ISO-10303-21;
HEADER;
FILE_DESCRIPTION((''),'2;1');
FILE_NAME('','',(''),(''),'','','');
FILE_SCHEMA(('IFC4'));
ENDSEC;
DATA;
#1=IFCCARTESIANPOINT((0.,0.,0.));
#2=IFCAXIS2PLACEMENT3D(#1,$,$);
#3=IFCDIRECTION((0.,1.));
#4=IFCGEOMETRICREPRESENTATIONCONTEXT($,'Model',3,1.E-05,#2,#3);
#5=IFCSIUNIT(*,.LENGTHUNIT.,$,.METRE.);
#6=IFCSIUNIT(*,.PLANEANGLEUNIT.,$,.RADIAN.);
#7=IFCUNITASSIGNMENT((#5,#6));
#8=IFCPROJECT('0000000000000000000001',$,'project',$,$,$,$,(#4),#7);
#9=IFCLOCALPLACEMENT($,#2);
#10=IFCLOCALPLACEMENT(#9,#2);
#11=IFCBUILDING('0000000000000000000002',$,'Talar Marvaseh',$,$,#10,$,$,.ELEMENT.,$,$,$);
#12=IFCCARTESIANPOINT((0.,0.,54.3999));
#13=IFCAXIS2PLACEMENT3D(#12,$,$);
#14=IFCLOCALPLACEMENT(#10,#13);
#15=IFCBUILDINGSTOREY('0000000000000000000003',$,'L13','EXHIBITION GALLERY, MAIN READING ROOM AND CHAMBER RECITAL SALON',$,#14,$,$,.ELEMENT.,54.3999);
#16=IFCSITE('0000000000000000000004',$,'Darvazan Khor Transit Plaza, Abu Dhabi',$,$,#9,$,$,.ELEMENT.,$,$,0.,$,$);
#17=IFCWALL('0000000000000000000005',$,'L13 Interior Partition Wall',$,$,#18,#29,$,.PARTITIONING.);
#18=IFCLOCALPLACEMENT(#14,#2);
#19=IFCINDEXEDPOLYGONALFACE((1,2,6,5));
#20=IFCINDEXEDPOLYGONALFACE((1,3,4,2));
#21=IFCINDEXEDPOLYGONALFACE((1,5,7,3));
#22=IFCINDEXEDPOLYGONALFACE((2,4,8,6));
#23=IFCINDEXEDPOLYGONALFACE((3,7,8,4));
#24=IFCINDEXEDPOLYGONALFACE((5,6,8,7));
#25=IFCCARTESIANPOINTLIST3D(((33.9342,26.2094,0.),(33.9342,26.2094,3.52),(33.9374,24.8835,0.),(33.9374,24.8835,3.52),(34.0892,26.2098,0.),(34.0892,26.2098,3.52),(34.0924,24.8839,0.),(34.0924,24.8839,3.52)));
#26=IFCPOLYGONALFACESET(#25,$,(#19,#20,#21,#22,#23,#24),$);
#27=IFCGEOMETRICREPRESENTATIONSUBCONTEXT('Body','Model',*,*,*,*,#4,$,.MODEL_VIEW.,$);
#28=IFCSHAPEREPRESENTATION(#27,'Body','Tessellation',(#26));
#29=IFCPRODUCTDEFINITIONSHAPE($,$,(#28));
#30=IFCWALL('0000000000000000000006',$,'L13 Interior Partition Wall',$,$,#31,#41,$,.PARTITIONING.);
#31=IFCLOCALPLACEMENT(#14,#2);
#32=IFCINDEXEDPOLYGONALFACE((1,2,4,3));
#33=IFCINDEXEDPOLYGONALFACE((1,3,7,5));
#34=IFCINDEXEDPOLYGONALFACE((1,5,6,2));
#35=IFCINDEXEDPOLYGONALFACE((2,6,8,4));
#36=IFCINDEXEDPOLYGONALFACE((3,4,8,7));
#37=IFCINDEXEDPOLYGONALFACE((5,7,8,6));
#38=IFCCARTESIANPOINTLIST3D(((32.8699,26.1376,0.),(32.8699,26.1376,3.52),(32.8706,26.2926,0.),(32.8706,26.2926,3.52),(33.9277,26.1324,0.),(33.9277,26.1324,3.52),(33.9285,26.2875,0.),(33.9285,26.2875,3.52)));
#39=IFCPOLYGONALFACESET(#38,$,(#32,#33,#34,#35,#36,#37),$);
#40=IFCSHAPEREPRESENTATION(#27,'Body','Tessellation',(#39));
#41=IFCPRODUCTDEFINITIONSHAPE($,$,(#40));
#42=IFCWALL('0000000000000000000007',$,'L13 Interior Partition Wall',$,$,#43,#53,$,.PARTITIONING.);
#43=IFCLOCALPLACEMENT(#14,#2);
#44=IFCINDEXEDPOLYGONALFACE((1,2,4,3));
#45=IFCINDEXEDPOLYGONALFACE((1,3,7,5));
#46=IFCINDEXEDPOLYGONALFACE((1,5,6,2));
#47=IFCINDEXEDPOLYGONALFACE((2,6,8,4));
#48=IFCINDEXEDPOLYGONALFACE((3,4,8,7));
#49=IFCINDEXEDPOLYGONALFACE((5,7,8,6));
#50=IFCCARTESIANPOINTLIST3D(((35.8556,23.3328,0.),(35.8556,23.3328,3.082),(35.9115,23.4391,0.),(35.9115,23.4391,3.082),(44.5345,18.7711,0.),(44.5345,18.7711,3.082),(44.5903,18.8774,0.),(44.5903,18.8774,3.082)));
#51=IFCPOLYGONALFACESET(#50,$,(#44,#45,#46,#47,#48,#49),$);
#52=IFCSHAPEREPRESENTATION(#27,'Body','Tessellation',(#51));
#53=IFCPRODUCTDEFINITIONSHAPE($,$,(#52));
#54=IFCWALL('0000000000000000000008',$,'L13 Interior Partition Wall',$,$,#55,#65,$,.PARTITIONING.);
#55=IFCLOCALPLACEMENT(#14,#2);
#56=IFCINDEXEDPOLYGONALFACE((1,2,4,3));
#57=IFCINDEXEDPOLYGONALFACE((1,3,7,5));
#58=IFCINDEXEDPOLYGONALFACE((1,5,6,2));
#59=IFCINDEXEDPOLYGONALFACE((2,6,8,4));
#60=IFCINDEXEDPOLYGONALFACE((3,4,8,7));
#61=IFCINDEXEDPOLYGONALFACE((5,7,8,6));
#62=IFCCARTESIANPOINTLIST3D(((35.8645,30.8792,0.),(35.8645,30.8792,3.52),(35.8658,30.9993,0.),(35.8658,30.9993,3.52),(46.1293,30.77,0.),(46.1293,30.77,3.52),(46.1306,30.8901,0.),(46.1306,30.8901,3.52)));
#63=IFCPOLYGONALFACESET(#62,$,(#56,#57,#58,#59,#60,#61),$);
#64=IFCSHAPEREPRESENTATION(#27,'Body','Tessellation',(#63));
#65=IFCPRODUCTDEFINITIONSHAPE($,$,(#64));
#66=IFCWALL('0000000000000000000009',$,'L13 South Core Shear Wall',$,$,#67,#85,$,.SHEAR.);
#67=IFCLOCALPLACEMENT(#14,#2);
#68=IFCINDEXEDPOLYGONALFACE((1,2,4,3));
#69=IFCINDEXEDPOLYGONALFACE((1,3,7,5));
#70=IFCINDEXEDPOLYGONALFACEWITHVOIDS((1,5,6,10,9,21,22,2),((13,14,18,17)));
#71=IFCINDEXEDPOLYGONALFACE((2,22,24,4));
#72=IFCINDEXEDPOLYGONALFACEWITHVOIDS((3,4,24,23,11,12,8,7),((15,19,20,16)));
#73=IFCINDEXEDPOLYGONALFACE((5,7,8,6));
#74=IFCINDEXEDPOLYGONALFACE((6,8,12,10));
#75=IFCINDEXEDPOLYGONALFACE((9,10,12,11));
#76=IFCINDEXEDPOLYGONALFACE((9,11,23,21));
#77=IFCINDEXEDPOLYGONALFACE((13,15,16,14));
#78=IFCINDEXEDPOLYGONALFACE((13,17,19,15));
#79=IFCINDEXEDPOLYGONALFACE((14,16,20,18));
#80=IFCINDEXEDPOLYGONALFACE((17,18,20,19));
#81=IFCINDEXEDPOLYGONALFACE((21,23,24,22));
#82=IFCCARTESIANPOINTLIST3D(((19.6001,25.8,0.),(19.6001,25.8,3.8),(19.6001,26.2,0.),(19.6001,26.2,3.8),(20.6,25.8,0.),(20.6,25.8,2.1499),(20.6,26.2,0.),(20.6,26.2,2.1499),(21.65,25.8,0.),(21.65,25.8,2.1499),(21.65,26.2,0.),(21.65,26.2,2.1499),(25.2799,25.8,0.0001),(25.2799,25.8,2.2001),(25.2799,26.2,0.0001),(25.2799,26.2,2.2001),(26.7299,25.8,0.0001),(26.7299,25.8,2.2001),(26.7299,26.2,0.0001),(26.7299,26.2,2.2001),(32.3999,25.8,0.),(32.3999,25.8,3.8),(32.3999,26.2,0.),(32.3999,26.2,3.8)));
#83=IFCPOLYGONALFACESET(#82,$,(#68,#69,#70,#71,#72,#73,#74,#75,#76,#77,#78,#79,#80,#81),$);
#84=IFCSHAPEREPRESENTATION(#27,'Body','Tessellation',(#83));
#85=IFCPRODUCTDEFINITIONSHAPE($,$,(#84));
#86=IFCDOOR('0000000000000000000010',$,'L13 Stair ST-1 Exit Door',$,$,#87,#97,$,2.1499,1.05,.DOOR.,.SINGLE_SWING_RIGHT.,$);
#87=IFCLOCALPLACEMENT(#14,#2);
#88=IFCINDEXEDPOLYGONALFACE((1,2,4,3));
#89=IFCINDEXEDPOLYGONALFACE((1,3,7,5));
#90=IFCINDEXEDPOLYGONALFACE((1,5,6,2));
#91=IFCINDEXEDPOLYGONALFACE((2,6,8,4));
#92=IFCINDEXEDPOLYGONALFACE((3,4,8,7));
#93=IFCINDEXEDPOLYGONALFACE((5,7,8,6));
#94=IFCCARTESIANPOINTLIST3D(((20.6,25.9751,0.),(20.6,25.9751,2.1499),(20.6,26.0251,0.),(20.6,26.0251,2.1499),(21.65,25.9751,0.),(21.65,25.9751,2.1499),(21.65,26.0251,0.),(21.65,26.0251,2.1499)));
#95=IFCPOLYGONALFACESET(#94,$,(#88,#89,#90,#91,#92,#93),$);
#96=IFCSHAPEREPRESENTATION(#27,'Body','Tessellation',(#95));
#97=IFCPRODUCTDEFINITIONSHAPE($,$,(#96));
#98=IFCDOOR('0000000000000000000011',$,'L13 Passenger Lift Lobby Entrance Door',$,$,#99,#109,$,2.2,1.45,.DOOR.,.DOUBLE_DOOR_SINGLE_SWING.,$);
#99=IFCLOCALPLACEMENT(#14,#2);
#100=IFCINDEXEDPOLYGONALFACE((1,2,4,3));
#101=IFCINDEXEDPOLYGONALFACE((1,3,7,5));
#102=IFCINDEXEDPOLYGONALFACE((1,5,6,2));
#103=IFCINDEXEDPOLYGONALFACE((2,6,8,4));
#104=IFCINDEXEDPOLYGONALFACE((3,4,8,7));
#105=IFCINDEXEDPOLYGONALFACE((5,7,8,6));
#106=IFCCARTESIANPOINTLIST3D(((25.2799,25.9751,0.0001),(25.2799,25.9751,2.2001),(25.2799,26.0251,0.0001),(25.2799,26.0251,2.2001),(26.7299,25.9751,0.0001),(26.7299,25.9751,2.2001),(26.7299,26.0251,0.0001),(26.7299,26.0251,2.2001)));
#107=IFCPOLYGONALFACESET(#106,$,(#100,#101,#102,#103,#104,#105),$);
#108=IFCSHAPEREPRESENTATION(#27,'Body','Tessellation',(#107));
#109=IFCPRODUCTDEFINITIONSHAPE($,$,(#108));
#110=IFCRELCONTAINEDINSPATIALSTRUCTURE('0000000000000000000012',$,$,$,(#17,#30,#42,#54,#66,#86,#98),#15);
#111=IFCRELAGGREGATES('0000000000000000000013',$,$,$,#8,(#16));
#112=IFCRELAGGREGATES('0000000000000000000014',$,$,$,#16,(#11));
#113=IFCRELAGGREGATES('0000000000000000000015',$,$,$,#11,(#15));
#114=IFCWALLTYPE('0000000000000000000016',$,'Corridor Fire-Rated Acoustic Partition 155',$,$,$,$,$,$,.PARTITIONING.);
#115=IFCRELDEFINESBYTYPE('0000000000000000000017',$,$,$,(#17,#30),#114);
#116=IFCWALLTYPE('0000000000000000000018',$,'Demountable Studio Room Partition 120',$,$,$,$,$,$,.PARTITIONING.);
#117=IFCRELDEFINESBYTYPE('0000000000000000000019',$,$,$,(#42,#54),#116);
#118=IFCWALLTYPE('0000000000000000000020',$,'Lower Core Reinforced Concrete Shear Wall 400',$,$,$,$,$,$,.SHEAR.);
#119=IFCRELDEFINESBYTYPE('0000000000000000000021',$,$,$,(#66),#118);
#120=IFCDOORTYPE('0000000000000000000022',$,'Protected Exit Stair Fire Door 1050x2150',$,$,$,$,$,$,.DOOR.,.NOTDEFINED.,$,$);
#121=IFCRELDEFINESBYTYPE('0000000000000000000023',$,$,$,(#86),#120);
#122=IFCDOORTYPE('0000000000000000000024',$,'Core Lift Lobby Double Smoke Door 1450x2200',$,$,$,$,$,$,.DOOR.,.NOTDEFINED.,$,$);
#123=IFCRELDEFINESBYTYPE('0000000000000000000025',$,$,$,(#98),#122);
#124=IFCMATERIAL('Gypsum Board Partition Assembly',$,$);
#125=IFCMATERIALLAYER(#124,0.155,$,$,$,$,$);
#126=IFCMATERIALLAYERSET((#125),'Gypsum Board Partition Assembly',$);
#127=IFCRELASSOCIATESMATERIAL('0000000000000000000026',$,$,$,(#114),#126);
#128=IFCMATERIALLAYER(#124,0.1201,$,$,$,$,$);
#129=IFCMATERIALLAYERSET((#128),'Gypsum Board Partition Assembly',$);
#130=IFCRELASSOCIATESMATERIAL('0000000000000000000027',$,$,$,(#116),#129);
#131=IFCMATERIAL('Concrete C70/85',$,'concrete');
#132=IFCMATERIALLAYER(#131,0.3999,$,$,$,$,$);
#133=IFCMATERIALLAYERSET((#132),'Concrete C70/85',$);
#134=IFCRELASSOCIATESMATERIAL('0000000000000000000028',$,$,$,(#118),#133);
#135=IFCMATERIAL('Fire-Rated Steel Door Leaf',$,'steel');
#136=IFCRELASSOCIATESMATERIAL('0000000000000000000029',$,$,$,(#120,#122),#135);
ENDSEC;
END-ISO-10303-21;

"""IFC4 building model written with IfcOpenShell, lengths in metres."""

from ifc_helpers import new_model, si_unit, direction, frame, frame_2d, origin, place, context, subcontext, project, spatial, rectangle, extrude, source, transform, mapped, material, layer, layer_set, type_object, type_shapes, element, fill, save


model = new_model("IFC4")

# Units and contexts
model_context = context("Model", 3, precision=1e-05, world=origin(), true_north=direction((0.0, 1.0)))
body_context = subcontext(model_context, "Body", "Model", "MODEL_VIEW")
ifc_project = project(units=[si_unit("LENGTHUNIT", "METRE"), si_unit("PLANEANGLEUNIT", "RADIAN")], contexts=[model_context])

# Site, building, storey
site_placement = place(None, origin())
site = spatial("IfcSite", under=ifc_project, at=site_placement, Name="Darvazan Khor Transit Plaza, Abu Dhabi", CompositionType="ELEMENT", RefElevation=0.0)
building_placement = place(site_placement, origin())
building = spatial("IfcBuilding", under=site, at=building_placement, Name="Talar Marvaseh", CompositionType="ELEMENT")
storey_placement = place(building_placement, frame((0.0, 0.0, 54.3999)))
storey = spatial("IfcBuildingStorey", under=building, at=storey_placement, Name="L13", Description="EXHIBITION GALLERY, MAIN READING ROOM AND CHAMBER RECITAL SALON", CompositionType="ELEMENT", Elevation=54.3999)

# Shared definitions
ifc_material_1 = material(Name="Concrete C70/85", Category="concrete")

# Shared definitions
ifc_material_2 = material(Name="Gypsum Board Partition Assembly")
ifc_layer_1 = layer(ifc_material_2, 0.155)
ifc_layer_set_1 = layer_set([ifc_layer_1], Name="Gypsum Board Partition Assembly")
wall_type_1 = type_object("IfcWallType", Name="Corridor Fire-Rated Acoustic Partition 155", PredefinedType="PARTITIONING", material=ifc_layer_set_1)

# Walls
wall_1_placement = place(storey_placement, frame((34.0149, 24.8835, 0.0), z_axis=(0.0, 0.0, 1.0), x_axis=(-0.002394, 0.999997, 0.0)))
element("IfcWall", 1, at=wall_1_placement, inside=storey, type_object=wall_type_1, Name="L13 Interior Partition Wall", PredefinedType="PARTITIONING", context=body_context, shape_type="SweptSolid", body=[
    extrude(rectangle(XDim=1.3259, YDim=0.155, at=frame_2d((0.6631, 0.0))), origin(), (0.0, 0.0, 1.0), 3.52),
])
wall_2_placement = place(storey_placement, frame((33.928, 26.21, 0.0), z_axis=(0.0, 0.0, 1.0), x_axis=(-0.999988, 0.004846, 0.0)))
element("IfcWall", 2, at=wall_2_placement, inside=storey, type_object=wall_type_1, Name="L13 Interior Partition Wall", PredefinedType="PARTITIONING", context=body_context, shape_type="SweptSolid", body=[
    extrude(rectangle(XDim=1.0579, YDim=0.155, at=frame_2d((0.5288, 0.0))), origin(), (0.0, 0.0, 1.0), 3.52),
])
ifc_layer_2 = layer(ifc_material_2, 0.1201)
ifc_layer_set_2 = layer_set([ifc_layer_2], Name="Gypsum Board Partition Assembly")
wall_type_2 = type_object("IfcWallType", Name="Demountable Studio Room Partition 120", PredefinedType="PARTITIONING", material=ifc_layer_set_2)
wall_3_placement = place(storey_placement, frame((35.8835, 23.386, 0.0), z_axis=(0.0, 0.0, 1.0), x_axis=(0.885175, -0.465259, 0.0)))
element("IfcWall", 3, at=wall_3_placement, inside=storey, type_object=wall_type_2, Name="L13 Interior Partition Wall", PredefinedType="PARTITIONING", context=body_context, shape_type="SweptSolid", body=[
    extrude(rectangle(XDim=9.8047, YDim=0.1201, at=frame_2d((4.9023, 0.0))), origin(), (0.0, 0.0, 1.0), 3.082),
])
wall_4_placement = place(storey_placement, frame((35.865, 30.9392, 0.0), z_axis=(0.0, 0.0, 1.0), x_axis=(0.999943, -0.010631, 0.0)))
element("IfcWall", 4, at=wall_4_placement, inside=storey, type_object=wall_type_2, Name="L13 Interior Partition Wall", PredefinedType="PARTITIONING", context=body_context, shape_type="SweptSolid", body=[
    extrude(rectangle(XDim=10.2654, YDim=0.1201, at=frame_2d((5.1328, 0.0))), origin(), (0.0, 0.0, 1.0), 3.52),
])

# Wall, openings, doors
ifc_layer_3 = layer(ifc_material_1, 0.3999)
ifc_layer_set_3 = layer_set([ifc_layer_3], Name="Concrete C70/85")
wall_type_3 = type_object("IfcWallType", Name="Lower Core Reinforced Concrete Shear Wall 400", PredefinedType="SHEAR", material=ifc_layer_set_3)
wall_5_placement = place(storey_placement, frame((32.3999, 26.0, 0.0), z_axis=(0.0, 0.0, 1.0), x_axis=(-1.0, 0.0, 0.0)))
wall_5 = element("IfcWall", 5, at=wall_5_placement, inside=storey, type_object=wall_type_3, Name="L13 South Core Shear Wall", PredefinedType="SHEAR", context=body_context, shape_type="SweptSolid", body=[
    extrude(rectangle(XDim=12.7998, YDim=0.3999, at=frame_2d((6.3999, 0.0))), origin(), (0.0, 0.0, 1.0), 3.8),
])
opening_1_placement = place(wall_5_placement, frame((10.75, 0.0, 0.0)))
opening_1 = element("IfcOpeningElement", 6, at=opening_1_placement, cuts=wall_5, PredefinedType="OPENING", context=body_context, shape_type="SweptSolid", body=[
    extrude(rectangle(XDim=1.05, YDim=2.1499, at=frame_2d((0.5249, 1.075))), frame((0.0, 0.21, 0.0), z_axis=(0.0, -1.0, 0.0), x_axis=(1.0, 0.0, 0.0)), (0.0, 0.0, 1.0), 0.4199),
])
opening_2_placement = place(wall_5_placement, frame((5.6699, 0.0, 0.0)))
opening_2 = element("IfcOpeningElement", 7, at=opening_2_placement, cuts=wall_5, PredefinedType="OPENING", context=body_context, shape_type="SweptSolid", body=[
    extrude(rectangle(XDim=1.45, YDim=2.2, at=frame_2d((0.7251, 1.1001))), frame((0.0, 0.21, 0.0), z_axis=(0.0, -1.0, 0.0), x_axis=(1.0, 0.0, 0.0)), (0.0, 0.0, 1.0), 0.4199),
])
ifc_material_3 = material(Name="Fire-Rated Steel Door Leaf", Category="steel")
door_type_1 = type_object("IfcDoorType", Name="Protected Exit Stair Fire Door 1050x2150", OperationType="NOTDEFINED", PredefinedType="DOOR", material=ifc_material_3)
shared_shape_1 = source(origin(), body_context, "Body", "SweptSolid", [
    extrude(rectangle(XDim=1.05, YDim=2.1499, at=frame_2d((0.5249, 1.075))), frame((0.0, 0.0249, 0.0), z_axis=(0.0, -1.0, 0.0), x_axis=(1.0, 0.0, 0.0)), (0.0, 0.0, 1.0), 0.05),
])
type_shapes(door_type_1, [shared_shape_1])
door_1_placement = place(opening_1_placement, origin())
door_1 = element("IfcDoor", 8, at=door_1_placement, inside=storey, type_object=door_type_1, Name="L13 Stair ST-1 Exit Door", OperationType="SINGLE_SWING_RIGHT", OverallHeight=2.1499, OverallWidth=1.05, PredefinedType="DOOR", context=body_context, shape_type="MappedRepresentation", body=[
    mapped(shared_shape_1, transform((0.0, 0.0, 0.0), x_axis=(1.0, 0.0, 0.0), y_axis=(0.0, 1.0, 0.0), z_axis=(0.0, 0.0, 1.0), scale=1.0)),
])
fill(opening_1, door_1)
door_type_2 = type_object("IfcDoorType", Name="Core Lift Lobby Double Smoke Door 1450x2200", OperationType="NOTDEFINED", PredefinedType="DOOR", material=ifc_material_3)
shared_shape_2 = source(origin(), body_context, "Body", "SweptSolid", [
    extrude(rectangle(XDim=1.45, YDim=2.2, at=frame_2d((0.7251, 1.1001))), frame((0.0, 0.0249, 0.0), z_axis=(0.0, -1.0, 0.0), x_axis=(1.0, 0.0, 0.0)), (0.0, 0.0, 1.0), 0.05),
])
type_shapes(door_type_2, [shared_shape_2])
door_2_placement = place(opening_2_placement, origin())
door_2 = element("IfcDoor", 9, at=door_2_placement, inside=storey, type_object=door_type_2, Name="L13 Passenger Lift Lobby Entrance Door", OperationType="DOUBLE_DOOR_SINGLE_SWING", OverallHeight=2.2, OverallWidth=1.45, PredefinedType="DOOR", context=body_context, shape_type="MappedRepresentation", body=[
    mapped(shared_shape_2, transform((0.0, 0.0, 0.0), x_axis=(1.0, 0.0, 0.0), y_axis=(0.0, 1.0, 0.0), z_axis=(0.0, 0.0, 1.0), scale=1.0)),
])
fill(opening_2, door_2)

save(model, "model.ifc")
